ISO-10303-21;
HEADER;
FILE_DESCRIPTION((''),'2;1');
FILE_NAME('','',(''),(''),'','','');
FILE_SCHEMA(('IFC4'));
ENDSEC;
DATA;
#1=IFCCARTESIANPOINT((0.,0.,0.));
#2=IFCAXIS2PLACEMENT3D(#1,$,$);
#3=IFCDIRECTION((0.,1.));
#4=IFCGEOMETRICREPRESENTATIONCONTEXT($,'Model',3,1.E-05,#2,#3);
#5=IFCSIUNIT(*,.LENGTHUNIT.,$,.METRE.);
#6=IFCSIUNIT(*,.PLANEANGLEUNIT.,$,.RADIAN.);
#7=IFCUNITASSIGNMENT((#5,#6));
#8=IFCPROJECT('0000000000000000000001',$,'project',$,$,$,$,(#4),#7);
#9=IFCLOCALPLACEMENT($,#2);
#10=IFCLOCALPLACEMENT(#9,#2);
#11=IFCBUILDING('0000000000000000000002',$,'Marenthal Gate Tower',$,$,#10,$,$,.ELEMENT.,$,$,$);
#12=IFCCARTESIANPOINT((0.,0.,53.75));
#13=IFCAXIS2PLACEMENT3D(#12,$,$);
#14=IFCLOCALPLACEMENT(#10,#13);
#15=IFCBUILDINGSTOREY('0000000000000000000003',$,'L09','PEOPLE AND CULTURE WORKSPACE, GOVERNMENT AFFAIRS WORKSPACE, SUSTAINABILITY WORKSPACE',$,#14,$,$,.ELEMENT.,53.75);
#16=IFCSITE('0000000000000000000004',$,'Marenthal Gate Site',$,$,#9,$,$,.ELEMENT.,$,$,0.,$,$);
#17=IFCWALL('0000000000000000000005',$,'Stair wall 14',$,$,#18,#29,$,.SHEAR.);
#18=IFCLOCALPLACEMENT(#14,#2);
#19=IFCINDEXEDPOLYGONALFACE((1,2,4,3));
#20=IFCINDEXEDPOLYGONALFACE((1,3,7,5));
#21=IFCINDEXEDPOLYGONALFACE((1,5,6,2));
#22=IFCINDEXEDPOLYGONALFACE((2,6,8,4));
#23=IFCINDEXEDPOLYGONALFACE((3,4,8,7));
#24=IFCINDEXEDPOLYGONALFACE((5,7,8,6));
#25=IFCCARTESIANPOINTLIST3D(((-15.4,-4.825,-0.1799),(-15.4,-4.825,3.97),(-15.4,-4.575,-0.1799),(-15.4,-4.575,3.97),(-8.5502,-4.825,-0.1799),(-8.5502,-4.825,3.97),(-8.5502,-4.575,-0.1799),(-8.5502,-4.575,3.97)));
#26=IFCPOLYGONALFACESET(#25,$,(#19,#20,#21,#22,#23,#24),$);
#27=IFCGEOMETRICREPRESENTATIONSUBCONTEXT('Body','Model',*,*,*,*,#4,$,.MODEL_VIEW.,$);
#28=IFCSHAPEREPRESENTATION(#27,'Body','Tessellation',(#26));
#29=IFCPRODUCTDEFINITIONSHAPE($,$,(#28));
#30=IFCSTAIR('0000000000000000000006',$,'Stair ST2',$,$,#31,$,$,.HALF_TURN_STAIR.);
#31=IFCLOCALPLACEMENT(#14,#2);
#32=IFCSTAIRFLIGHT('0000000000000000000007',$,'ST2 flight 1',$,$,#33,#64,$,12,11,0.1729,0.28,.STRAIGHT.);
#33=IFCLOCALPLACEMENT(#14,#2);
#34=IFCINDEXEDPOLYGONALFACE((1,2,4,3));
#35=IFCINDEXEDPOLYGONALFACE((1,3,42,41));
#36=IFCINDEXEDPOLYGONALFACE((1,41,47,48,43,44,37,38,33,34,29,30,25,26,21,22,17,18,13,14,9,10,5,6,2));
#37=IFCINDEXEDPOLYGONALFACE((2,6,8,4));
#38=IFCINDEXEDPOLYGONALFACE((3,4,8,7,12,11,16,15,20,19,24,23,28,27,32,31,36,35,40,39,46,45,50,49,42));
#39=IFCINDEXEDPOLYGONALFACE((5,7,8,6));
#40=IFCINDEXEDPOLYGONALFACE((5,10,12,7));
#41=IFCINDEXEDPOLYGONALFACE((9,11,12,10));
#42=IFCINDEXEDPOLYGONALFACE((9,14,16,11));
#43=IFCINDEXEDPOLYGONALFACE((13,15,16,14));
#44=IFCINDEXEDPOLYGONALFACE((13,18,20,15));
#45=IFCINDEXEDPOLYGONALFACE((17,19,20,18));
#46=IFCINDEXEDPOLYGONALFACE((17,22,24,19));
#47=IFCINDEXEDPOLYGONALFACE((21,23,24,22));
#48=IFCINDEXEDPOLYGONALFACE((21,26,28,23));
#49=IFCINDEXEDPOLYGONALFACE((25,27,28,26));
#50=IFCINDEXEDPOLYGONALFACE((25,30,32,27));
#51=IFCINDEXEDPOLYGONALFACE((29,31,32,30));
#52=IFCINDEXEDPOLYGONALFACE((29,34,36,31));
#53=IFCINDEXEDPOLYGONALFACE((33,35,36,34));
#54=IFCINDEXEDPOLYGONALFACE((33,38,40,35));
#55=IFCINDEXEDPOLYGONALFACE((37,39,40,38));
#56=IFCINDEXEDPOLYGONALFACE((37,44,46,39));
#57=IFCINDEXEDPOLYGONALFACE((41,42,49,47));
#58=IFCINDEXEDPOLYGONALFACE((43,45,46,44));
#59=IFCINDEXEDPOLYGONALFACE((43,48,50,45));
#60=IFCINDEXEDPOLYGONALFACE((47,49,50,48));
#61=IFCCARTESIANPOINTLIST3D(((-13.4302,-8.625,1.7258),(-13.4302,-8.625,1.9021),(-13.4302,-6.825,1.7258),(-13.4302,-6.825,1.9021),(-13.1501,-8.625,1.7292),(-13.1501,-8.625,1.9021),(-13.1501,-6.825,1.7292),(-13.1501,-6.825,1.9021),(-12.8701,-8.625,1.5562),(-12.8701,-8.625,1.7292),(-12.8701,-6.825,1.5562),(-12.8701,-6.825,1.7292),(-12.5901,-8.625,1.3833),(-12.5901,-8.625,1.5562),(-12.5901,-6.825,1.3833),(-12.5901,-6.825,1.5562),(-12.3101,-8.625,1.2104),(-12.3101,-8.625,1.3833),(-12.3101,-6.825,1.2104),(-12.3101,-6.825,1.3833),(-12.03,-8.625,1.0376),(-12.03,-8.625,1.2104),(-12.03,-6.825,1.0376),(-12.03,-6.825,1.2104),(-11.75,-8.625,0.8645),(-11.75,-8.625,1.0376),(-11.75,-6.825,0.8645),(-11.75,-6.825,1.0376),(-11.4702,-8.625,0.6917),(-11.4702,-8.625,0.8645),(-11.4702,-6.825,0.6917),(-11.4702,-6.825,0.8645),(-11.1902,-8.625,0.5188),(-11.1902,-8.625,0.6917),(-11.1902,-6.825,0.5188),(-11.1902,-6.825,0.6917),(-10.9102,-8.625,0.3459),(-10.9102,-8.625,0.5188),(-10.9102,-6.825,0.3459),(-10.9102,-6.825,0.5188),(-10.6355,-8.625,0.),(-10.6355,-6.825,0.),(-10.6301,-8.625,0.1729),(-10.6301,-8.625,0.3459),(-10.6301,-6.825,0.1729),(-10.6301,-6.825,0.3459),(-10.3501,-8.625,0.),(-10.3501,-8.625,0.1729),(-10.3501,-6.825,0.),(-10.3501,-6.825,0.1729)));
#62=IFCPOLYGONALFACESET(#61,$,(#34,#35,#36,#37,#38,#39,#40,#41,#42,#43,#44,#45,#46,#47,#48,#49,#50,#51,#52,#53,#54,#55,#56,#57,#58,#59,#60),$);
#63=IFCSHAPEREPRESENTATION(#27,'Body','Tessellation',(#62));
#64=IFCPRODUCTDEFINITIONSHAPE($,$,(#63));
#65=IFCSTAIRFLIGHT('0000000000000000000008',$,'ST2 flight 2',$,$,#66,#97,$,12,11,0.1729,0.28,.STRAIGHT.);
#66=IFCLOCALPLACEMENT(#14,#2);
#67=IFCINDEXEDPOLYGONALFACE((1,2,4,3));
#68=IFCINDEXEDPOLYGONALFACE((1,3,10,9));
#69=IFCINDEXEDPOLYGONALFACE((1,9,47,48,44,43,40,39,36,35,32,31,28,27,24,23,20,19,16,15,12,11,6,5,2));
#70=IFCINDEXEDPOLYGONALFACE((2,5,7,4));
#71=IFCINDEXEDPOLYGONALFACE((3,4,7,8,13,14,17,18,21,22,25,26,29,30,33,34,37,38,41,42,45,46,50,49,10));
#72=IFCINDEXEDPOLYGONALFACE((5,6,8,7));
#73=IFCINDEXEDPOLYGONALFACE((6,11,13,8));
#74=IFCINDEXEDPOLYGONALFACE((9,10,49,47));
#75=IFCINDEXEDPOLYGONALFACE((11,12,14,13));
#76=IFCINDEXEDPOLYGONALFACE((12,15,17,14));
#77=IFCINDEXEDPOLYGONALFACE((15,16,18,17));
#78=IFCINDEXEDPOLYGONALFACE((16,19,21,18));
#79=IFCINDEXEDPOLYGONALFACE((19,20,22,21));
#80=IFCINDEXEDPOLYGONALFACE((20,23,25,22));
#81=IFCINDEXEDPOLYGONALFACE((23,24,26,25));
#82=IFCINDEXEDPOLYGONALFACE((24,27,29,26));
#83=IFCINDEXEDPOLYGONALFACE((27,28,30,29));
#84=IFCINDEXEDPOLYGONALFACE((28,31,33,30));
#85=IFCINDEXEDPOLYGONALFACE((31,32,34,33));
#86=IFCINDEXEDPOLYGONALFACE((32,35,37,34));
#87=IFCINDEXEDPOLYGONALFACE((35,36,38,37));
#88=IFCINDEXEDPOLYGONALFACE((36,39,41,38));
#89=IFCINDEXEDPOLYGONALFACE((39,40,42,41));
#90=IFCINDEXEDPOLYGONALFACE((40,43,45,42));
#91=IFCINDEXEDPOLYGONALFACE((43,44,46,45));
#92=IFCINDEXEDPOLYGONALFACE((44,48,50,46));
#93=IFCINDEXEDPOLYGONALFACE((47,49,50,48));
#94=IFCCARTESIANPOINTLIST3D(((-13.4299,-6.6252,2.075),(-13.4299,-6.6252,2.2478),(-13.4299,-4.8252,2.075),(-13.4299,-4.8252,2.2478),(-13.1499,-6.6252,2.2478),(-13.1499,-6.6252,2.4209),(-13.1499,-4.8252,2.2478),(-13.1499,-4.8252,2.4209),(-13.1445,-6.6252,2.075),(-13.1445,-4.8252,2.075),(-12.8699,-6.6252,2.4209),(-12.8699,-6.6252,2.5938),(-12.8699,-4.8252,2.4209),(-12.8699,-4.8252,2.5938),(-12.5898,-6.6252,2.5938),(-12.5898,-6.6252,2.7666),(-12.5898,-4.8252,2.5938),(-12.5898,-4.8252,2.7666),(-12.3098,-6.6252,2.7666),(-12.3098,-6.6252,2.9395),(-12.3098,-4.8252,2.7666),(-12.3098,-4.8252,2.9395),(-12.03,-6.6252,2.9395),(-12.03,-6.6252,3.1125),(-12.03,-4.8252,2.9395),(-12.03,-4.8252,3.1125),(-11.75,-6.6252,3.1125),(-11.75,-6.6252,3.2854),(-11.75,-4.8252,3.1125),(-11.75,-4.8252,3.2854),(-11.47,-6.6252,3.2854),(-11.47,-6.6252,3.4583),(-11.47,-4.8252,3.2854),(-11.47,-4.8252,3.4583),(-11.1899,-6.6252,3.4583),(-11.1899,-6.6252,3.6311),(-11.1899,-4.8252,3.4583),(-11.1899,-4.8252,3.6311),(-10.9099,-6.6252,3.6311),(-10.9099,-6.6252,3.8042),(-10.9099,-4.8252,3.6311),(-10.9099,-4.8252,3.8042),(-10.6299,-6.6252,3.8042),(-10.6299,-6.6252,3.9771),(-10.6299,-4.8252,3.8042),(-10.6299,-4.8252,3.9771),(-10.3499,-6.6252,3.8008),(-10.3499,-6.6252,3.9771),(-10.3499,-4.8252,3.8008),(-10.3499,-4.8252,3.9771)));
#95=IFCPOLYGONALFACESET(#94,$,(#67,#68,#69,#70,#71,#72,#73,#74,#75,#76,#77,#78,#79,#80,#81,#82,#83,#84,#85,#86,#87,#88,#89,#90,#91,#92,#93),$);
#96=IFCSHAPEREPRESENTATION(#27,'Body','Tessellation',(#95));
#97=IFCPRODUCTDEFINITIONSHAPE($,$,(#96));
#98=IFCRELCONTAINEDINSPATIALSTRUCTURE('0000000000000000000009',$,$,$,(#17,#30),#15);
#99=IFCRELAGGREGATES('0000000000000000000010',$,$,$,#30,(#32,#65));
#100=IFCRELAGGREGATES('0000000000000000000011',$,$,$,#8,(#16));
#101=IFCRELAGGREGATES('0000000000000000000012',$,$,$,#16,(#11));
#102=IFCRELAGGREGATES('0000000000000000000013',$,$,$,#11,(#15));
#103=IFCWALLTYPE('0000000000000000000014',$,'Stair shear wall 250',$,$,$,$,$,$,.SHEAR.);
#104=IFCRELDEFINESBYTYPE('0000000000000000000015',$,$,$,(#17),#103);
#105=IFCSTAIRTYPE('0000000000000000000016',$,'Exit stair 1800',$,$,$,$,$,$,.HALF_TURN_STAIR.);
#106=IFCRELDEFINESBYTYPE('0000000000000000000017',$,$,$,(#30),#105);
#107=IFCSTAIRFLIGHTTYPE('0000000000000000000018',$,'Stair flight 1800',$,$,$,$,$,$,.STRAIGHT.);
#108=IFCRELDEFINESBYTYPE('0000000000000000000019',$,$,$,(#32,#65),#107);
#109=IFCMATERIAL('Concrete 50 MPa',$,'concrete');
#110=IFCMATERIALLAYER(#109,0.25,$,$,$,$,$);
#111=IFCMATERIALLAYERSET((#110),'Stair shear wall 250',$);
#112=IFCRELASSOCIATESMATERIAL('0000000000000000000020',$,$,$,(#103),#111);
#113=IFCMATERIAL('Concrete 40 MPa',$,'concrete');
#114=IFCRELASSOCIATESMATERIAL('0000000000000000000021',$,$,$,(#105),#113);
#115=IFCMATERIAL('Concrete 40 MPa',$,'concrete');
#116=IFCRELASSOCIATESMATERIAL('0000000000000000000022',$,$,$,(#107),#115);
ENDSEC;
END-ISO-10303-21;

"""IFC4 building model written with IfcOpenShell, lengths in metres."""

from ifc_helpers import new_model, si_unit, direction, frame, frame_2d, origin, place, context, subcontext, project, spatial, polyline, rectangle, outline, extrude, material, layer, layer_set, type_object, element, aggregate, save


model = new_model("IFC4")

# Units and contexts
model_context = context("Model", 3, precision=1e-05, world=origin(), true_north=direction((0.0, 1.0)))
body_context = subcontext(model_context, "Body", "Model", "MODEL_VIEW")
ifc_project = project(units=[si_unit("LENGTHUNIT", "METRE"), si_unit("PLANEANGLEUNIT", "RADIAN")], contexts=[model_context])

# Site, building, storey
site_placement = place(None, origin())
site = spatial("IfcSite", under=ifc_project, at=site_placement, Name="Marenthal Gate Site", CompositionType="ELEMENT", RefElevation=0.0)
building_placement = place(site_placement, origin())
building = spatial("IfcBuilding", under=site, at=building_placement, Name="Marenthal Gate Tower", CompositionType="ELEMENT")
storey_placement = place(building_placement, frame((0.0, 0.0, 53.75)))
storey = spatial("IfcBuildingStorey", under=building, at=storey_placement, Name="L09", Description="PEOPLE AND CULTURE WORKSPACE, GOVERNMENT AFFAIRS WORKSPACE, SUSTAINABILITY WORKSPACE", CompositionType="ELEMENT", Elevation=53.75)

# Shared definitions
ifc_material_1 = material(Name="Concrete 50 MPa", Category="concrete")
ifc_layer_1 = layer(ifc_material_1, 0.25)
ifc_layer_set_1 = layer_set([ifc_layer_1], Name="Stair shear wall 250")
wall_type_1 = type_object("IfcWallType", Name="Stair shear wall 250", PredefinedType="SHEAR", material=ifc_layer_set_1)

# Wall
wall_1_placement = place(storey_placement, frame((-15.3999, -4.7, -0.1799), z_axis=(0.0, 0.0, 1.0), x_axis=(1.0, 0.0, 0.0)))
element("IfcWall", 1, at=wall_1_placement, inside=storey, type_object=wall_type_1, Name="Stair wall 14", PredefinedType="SHEAR", context=body_context, shape_type="SweptSolid", body=[
    extrude(rectangle(XDim=6.8499, YDim=0.25, at=frame_2d((3.4248, 0.0))), origin(), (0.0, 0.0, 1.0), 4.1499),
])

# Stair, stair flights
ifc_material_2 = material(Name="Concrete 40 MPa", Category="concrete")
stair_type = type_object("IfcStairType", Name="Exit stair 1800", PredefinedType="HALF_TURN_STAIR", material=ifc_material_2)
stair_placement = place(storey_placement, origin())
stair = element("IfcStair", 2, at=stair_placement, inside=storey, type_object=stair_type, Name="Stair ST2", PredefinedType="HALF_TURN_STAIR")
ifc_material_3 = material(Name="Concrete 40 MPa", Category="concrete")
stair_flight_type = type_object("IfcStairFlightType", Name="Stair flight 1800", PredefinedType="STRAIGHT", material=ifc_material_3)
stair_flight_1_placement = place(storey_placement, frame((-10.3501, -7.7251, 0.0), z_axis=(0.0, 0.0, 1.0), x_axis=(-1.0, 0.0, 0.0)))
stair_flight_1 = element("IfcStairFlight", 3, at=stair_flight_1_placement, type_object=stair_flight_type, Name="ST2 flight 1", NumberOfRisers=12, NumberOfTreads=11, PredefinedType="STRAIGHT", RiserHeight=0.1729, TreadLength=0.28, context=body_context, shape_type="SweptSolid", body=[
    extrude(outline(polyline([(0.0, 0.0), (0.0, 0.1729), (0.28, 0.1729), (0.28, 0.3459), (0.5601, 0.3459), (0.5601, 0.5188), (0.8401, 0.5188), (0.8401, 0.6917), (1.1201, 0.6917), (1.1201, 0.8645), (1.3999, 0.8645), (1.3999, 1.0376), (1.6799, 1.0376), (1.6799, 1.2104), (1.96, 1.2104), (1.96, 1.3833), (2.24, 1.3833), (2.24, 1.5562), (2.52, 1.5562), (2.52, 1.7292), (2.8, 1.7292), (2.8, 1.9021), (3.0801, 1.9021), (3.0801, 2.075), (3.0801, 1.7258), (0.2854, 0.0), (0.0, 0.0)])), frame((0.0, 0.8999, 0.0), z_axis=(0.0, -1.0, 0.0), x_axis=(1.0, 0.0, 0.0)), (0.0, 0.0, 1.0), 1.8),
])
stair_flight_2_placement = place(storey_placement, frame((-13.4299, -5.7251, 2.075), z_axis=(0.0, 0.0, 1.0), x_axis=(1.0, 0.0, 0.0)))
stair_flight_2 = element("IfcStairFlight", 4, at=stair_flight_2_placement, type_object=stair_flight_type, Name="ST2 flight 2", NumberOfRisers=12, NumberOfTreads=11, PredefinedType="STRAIGHT", RiserHeight=0.1729, TreadLength=0.28, context=body_context, shape_type="SweptSolid", body=[
    extrude(outline(polyline([(0.0, 0.0), (0.0, 0.1729), (0.28, 0.1729), (0.28, 0.3459), (0.5601, 0.3459), (0.5601, 0.5188), (0.8401, 0.5188), (0.8401, 0.6917), (1.1201, 0.6917), (1.1201, 0.8645), (1.3999, 0.8645), (1.3999, 1.0376), (1.6799, 1.0376), (1.6799, 1.2104), (1.96, 1.2104), (1.96, 1.3833), (2.24, 1.3833), (2.24, 1.5562), (2.52, 1.5562), (2.52, 1.7292), (2.8, 1.7292), (2.8, 1.9021), (3.0801, 1.9021), (3.0801, 2.075), (3.0801, 1.7258), (0.2854, 0.0), (0.0, 0.0)])), frame((0.0, 0.8999, 0.0), z_axis=(0.0, -1.0, 0.0), x_axis=(1.0, 0.0, 0.0)), (0.0, 0.0, 1.0), 1.8),
])
aggregate(stair, [stair_flight_1, stair_flight_2])

save(model, "model.ifc")
